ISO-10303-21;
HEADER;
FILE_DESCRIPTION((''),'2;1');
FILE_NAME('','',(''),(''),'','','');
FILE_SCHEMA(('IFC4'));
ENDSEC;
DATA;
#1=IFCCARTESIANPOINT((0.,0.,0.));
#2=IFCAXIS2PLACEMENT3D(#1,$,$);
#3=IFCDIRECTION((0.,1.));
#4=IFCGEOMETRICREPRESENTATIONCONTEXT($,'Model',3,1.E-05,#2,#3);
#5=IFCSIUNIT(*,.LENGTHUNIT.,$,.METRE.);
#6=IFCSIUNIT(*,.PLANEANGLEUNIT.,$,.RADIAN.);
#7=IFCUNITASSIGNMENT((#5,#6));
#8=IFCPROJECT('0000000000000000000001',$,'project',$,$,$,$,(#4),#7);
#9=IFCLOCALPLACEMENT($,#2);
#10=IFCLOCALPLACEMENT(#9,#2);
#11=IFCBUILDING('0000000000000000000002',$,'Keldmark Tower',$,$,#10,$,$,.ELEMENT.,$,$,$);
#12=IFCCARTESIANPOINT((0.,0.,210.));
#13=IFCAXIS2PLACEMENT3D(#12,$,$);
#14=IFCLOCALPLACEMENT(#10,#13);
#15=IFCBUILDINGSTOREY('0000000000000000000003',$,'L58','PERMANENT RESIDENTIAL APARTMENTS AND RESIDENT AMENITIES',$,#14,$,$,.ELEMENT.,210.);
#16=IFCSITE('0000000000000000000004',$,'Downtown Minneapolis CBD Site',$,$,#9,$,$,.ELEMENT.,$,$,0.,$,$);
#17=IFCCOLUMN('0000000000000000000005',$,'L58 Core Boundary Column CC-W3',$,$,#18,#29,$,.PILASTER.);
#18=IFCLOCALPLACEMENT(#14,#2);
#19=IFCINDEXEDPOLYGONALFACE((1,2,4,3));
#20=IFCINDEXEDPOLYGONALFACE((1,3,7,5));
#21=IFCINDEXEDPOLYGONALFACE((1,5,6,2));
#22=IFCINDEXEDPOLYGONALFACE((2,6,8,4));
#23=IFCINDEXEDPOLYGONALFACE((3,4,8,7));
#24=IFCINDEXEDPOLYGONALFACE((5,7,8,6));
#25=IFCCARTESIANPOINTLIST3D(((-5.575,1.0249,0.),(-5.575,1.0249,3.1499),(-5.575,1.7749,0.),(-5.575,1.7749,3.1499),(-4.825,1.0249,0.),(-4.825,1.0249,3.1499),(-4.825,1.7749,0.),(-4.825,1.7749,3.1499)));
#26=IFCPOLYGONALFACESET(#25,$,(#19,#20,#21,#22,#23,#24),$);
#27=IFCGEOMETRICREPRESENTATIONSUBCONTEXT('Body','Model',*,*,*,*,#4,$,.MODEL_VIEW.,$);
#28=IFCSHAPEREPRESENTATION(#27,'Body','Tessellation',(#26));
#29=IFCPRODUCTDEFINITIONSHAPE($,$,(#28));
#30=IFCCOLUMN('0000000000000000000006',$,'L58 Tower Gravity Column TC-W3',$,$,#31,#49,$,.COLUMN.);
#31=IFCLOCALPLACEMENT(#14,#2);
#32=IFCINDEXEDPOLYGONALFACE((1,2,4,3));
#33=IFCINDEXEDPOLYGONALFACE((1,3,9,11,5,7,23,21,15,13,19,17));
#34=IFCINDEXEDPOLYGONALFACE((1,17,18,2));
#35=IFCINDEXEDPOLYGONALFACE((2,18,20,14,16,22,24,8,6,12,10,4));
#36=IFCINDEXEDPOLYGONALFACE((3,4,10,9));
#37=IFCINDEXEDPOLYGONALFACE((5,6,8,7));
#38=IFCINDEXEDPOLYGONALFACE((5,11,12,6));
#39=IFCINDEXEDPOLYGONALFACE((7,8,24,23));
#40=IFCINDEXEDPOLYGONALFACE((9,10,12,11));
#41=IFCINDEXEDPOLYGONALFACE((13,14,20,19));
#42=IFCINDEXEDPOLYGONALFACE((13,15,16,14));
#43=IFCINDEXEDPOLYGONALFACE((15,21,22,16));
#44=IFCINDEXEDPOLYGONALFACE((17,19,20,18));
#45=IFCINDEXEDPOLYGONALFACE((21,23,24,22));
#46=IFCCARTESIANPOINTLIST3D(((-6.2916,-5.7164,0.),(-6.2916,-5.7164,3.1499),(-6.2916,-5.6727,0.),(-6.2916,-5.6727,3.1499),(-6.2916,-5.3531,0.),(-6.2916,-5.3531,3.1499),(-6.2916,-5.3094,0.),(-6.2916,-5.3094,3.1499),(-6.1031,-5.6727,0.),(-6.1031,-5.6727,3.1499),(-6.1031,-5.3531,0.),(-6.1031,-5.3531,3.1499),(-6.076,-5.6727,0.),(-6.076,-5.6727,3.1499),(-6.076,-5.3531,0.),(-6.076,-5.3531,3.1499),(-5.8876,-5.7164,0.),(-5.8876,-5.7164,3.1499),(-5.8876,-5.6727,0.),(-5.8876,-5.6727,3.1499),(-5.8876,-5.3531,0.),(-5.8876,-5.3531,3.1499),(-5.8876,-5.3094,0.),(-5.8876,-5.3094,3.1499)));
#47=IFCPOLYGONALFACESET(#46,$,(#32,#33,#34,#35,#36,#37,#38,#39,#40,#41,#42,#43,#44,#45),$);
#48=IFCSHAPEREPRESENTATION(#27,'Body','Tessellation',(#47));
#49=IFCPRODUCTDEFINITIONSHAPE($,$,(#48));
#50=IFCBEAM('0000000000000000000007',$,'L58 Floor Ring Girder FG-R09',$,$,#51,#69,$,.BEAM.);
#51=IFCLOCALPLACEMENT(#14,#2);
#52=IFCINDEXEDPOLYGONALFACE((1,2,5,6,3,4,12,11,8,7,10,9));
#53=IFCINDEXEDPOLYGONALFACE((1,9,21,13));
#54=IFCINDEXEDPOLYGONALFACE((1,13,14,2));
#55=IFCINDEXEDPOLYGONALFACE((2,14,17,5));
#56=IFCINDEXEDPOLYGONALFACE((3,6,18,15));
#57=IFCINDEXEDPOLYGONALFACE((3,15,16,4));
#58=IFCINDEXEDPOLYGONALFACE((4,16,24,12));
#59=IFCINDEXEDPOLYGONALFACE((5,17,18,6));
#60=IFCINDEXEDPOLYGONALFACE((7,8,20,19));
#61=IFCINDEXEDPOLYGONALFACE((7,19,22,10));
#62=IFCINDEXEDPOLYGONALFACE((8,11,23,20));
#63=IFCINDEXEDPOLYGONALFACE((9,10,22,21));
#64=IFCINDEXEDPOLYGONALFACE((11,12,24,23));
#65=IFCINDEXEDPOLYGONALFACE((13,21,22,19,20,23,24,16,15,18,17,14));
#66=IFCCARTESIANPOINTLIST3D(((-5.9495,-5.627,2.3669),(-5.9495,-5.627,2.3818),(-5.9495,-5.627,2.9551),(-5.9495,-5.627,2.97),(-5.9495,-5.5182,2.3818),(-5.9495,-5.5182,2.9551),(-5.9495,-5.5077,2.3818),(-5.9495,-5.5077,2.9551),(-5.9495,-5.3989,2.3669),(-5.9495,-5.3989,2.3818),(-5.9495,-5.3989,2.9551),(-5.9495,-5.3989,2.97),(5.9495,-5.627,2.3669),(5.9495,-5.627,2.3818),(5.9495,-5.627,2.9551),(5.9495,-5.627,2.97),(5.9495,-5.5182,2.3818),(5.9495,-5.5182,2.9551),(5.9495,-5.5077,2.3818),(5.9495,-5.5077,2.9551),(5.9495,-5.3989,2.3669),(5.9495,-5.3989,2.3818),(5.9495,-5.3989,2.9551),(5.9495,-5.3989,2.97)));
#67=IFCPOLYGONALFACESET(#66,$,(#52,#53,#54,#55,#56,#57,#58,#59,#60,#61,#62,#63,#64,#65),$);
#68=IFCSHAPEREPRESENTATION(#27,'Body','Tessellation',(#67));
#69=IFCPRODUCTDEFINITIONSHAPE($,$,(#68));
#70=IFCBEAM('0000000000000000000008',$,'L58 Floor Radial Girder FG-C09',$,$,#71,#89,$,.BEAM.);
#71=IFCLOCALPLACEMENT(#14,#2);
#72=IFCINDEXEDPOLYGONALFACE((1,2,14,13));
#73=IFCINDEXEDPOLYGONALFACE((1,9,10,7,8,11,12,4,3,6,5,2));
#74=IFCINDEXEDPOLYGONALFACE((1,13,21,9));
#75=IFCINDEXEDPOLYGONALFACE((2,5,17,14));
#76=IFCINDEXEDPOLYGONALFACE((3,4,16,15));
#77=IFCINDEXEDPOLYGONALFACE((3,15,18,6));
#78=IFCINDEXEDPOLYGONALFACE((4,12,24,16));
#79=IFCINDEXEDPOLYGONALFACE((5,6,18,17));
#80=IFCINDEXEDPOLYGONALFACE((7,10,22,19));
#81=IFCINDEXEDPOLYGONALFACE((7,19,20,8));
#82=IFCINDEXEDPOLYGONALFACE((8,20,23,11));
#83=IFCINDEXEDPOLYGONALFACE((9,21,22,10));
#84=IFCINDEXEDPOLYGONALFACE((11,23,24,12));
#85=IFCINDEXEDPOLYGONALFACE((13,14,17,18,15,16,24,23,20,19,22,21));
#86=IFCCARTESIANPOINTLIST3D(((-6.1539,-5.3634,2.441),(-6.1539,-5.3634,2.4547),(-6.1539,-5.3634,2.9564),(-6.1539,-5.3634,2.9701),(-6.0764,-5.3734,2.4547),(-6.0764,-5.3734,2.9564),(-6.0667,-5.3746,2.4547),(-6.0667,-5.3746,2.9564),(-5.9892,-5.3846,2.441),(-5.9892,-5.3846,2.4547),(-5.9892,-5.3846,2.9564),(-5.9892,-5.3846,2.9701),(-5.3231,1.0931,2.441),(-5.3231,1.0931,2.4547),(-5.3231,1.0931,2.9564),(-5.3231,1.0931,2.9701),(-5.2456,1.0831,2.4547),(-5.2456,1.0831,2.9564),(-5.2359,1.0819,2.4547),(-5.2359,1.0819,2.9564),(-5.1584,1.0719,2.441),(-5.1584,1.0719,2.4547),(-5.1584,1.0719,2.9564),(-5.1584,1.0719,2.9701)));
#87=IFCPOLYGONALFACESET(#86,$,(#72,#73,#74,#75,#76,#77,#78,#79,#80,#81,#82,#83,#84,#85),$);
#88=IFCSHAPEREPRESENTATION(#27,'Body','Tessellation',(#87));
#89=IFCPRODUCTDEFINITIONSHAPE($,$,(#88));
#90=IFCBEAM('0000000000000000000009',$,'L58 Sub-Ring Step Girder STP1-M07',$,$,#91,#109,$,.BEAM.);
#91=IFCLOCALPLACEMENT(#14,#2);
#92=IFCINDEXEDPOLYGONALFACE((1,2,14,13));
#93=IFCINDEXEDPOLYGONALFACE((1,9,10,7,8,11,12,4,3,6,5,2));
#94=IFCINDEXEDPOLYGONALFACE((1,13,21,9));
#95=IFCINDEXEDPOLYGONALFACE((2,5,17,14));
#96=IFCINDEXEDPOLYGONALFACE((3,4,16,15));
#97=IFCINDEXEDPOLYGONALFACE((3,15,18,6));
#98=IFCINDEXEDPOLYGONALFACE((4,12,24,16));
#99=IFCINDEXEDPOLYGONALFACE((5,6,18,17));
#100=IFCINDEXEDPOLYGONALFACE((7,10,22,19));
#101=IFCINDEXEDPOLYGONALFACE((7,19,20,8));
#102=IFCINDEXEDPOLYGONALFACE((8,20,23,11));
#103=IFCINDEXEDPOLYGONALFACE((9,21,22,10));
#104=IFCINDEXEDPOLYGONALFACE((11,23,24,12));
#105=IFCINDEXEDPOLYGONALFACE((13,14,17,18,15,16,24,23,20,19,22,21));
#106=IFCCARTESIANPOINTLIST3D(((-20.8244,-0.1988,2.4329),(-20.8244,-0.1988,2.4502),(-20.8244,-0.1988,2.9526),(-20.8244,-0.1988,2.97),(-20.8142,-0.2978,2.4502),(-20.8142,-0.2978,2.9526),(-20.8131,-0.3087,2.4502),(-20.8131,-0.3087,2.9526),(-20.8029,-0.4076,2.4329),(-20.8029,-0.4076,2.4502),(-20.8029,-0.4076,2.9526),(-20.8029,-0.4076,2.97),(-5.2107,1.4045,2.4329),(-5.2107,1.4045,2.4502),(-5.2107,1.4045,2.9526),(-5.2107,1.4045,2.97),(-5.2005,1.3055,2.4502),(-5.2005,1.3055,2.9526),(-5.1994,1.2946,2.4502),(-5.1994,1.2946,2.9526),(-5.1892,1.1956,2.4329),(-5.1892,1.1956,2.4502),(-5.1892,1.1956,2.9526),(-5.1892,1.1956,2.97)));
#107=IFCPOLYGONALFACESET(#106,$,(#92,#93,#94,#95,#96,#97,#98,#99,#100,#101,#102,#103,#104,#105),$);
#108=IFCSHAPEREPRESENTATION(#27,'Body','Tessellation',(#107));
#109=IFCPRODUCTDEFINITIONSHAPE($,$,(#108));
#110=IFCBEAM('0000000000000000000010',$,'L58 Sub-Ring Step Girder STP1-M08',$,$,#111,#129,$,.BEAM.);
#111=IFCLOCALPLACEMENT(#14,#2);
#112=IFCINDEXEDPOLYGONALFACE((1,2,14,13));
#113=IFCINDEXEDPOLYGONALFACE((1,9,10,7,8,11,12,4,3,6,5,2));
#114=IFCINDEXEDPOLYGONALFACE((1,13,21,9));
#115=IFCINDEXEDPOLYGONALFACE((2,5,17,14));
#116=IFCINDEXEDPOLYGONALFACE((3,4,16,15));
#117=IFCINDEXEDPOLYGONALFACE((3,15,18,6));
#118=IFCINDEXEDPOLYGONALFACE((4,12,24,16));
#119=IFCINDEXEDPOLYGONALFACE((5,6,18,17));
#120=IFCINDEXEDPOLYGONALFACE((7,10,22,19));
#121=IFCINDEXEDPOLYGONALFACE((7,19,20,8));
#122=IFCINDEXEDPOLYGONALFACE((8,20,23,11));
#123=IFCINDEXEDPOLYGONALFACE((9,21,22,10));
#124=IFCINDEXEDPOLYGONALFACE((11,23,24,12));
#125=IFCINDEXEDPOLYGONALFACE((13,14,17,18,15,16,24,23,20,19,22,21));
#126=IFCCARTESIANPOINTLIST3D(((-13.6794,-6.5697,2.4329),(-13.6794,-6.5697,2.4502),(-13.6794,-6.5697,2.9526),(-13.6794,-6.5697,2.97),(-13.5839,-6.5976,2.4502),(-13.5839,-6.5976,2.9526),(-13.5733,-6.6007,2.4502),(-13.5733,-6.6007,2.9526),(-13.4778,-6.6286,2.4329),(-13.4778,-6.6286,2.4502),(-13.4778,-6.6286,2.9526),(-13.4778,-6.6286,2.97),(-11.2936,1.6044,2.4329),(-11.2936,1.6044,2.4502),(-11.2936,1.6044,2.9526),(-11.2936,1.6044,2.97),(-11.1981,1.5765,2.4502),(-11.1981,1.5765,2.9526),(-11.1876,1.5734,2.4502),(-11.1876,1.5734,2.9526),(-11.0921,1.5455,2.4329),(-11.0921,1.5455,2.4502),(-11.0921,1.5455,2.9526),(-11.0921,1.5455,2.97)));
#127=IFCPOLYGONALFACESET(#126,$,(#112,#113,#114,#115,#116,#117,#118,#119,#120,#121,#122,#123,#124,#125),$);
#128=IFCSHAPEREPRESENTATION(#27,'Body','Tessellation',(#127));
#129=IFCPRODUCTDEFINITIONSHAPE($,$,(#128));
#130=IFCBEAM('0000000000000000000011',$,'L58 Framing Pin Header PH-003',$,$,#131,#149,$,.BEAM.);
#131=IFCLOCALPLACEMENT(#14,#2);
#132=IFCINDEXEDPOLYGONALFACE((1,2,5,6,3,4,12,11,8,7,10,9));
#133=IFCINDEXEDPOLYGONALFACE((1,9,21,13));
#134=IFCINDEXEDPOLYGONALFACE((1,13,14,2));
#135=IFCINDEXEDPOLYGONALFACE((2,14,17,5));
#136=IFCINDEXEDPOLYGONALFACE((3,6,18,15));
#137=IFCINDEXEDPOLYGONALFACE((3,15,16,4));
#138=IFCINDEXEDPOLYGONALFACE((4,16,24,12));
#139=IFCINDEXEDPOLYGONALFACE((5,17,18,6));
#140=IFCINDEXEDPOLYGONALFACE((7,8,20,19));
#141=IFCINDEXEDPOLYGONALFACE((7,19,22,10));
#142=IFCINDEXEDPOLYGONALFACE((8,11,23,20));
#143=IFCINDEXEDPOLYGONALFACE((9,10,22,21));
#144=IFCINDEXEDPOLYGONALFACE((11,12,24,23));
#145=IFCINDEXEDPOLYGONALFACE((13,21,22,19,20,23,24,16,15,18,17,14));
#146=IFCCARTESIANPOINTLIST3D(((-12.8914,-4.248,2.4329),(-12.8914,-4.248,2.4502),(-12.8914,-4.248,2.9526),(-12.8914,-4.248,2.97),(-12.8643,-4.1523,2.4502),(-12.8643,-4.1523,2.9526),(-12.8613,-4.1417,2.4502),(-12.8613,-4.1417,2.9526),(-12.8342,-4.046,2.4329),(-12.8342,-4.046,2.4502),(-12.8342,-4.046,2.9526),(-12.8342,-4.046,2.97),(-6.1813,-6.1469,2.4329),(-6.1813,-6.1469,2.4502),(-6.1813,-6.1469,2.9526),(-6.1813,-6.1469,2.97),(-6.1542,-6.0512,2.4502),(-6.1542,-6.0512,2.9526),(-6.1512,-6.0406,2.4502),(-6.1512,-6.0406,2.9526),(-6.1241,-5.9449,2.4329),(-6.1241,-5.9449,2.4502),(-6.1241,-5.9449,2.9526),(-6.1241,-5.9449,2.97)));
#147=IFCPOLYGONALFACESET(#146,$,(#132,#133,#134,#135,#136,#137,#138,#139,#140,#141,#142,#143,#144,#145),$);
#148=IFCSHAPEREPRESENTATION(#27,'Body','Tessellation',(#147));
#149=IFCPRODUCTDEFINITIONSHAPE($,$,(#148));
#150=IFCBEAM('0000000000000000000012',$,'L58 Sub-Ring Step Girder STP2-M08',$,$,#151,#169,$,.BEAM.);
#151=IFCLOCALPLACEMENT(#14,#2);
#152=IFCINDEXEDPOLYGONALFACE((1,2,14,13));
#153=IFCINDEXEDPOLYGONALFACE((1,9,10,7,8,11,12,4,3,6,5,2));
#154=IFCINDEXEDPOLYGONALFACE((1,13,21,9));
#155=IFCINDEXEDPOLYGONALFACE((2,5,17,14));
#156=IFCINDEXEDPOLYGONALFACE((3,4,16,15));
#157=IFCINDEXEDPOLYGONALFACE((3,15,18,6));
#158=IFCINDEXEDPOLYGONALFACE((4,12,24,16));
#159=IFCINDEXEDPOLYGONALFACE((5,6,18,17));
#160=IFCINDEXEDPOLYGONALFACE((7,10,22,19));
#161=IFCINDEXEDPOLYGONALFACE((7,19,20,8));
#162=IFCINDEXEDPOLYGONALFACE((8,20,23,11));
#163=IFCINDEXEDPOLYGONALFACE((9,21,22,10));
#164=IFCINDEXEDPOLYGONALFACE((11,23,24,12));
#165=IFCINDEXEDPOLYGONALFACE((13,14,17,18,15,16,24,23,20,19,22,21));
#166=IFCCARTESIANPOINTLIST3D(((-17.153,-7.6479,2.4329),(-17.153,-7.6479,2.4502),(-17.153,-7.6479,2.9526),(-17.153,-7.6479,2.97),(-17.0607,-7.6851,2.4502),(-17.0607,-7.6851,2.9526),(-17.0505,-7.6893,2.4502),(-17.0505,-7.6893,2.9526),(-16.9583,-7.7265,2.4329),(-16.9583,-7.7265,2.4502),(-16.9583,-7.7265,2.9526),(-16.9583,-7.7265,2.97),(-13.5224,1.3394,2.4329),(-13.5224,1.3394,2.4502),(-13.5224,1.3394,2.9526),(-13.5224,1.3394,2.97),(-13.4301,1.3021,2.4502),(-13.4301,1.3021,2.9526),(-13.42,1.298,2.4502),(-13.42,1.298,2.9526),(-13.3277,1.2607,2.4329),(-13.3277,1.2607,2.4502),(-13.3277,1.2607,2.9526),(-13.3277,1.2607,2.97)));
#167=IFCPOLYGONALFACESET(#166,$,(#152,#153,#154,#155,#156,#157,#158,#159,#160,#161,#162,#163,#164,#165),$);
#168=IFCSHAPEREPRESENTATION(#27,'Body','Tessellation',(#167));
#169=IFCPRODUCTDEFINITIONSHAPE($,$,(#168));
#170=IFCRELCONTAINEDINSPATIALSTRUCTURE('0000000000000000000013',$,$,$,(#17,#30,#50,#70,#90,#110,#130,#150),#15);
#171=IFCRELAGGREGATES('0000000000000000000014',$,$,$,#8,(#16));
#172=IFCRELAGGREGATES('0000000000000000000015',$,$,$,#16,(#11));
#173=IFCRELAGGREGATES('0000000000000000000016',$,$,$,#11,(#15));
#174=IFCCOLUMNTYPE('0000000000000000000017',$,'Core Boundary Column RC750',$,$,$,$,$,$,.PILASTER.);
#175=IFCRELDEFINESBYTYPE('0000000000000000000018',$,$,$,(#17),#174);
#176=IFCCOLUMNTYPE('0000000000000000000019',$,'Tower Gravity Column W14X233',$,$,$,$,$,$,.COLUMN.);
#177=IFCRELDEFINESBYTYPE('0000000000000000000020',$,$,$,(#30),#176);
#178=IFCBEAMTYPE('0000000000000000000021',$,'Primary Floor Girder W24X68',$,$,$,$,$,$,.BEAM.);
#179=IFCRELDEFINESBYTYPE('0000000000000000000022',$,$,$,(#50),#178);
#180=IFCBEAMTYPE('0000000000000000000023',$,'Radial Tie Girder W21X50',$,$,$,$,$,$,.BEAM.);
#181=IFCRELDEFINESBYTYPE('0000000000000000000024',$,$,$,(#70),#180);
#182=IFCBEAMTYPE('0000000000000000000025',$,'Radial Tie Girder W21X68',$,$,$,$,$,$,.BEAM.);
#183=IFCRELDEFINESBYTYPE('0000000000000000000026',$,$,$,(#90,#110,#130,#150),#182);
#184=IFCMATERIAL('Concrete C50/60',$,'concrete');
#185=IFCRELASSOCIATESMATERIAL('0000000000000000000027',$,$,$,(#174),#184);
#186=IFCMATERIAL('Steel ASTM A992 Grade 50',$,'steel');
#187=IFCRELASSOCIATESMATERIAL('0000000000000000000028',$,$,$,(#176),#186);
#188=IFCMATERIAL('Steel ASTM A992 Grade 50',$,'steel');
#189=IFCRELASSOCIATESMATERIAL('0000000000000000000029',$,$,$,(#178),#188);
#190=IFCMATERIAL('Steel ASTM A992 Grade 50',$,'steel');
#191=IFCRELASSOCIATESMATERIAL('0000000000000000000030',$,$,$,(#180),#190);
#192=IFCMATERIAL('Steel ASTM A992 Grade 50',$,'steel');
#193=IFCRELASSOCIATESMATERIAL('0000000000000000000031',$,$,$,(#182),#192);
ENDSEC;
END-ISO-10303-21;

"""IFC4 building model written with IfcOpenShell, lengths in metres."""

from ifc_helpers import new_model, si_unit, direction, frame, origin, origin_2d, place, context, subcontext, project, spatial, rectangle, i_section, extrude, material, material_profile, profile_set, type_object, element, save


model = new_model("IFC4")

# Units and contexts
model_context = context("Model", 3, precision=1e-05, world=origin(), true_north=direction((0.0, 1.0)))
body_context = subcontext(model_context, "Body", "Model", "MODEL_VIEW")
ifc_project = project(units=[si_unit("LENGTHUNIT", "METRE"), si_unit("PLANEANGLEUNIT", "RADIAN")], contexts=[model_context])

# Site, building, storey
site_placement = place(None, origin())
site = spatial("IfcSite", under=ifc_project, at=site_placement, Name="Downtown Minneapolis CBD Site", CompositionType="ELEMENT", RefElevation=0.0)
building_placement = place(site_placement, origin())
building = spatial("IfcBuilding", under=site, at=building_placement, Name="Keldmark Tower", CompositionType="ELEMENT")
storey_placement = place(building_placement, frame((0.0, 0.0, 210.0)))
storey = spatial("IfcBuildingStorey", under=building, at=storey_placement, Name="L58", Description="PERMANENT RESIDENTIAL APARTMENTS AND RESIDENT AMENITIES", CompositionType="ELEMENT", Elevation=210.0)

# Columns
ifc_material_1 = material(Name="Concrete C50/60", Category="concrete")
ifc_material_profile_1 = material_profile(ifc_material_1, rectangle(XDim=0.75, YDim=0.75, at=origin_2d()), Name="RC750X750")
ifc_profile_set_1 = profile_set([ifc_material_profile_1], Name="Concrete C50/60")
column_type_1 = type_object("IfcColumnType", Name="Core Boundary Column RC750", PredefinedType="PILASTER", material=ifc_profile_set_1)
column_1_placement = place(storey_placement, frame((-5.2, 1.3999, 0.0), z_axis=(0.0, 0.0, 1.0), x_axis=(1.0, 0.0, 0.0)))
element("IfcColumn", 1, at=column_1_placement, inside=storey, type_object=column_type_1, Name="L58 Core Boundary Column CC-W3", PredefinedType="PILASTER", context=body_context, shape_type="SweptSolid", body=[
    extrude(rectangle(XDim=0.75, YDim=0.75, at=origin_2d()), origin(), (0.0, 0.0, 1.0), 3.1499),
])
ifc_material_2 = material(Name="Steel ASTM A992 Grade 50", Category="steel")
ifc_material_profile_2 = material_profile(ifc_material_2, i_section(OverallWidth=0.4041, OverallDepth=0.407, WebThickness=0.0271, FlangeThickness=0.0437, at=origin_2d()), Name="W14X233")
ifc_profile_set_2 = profile_set([ifc_material_profile_2], Name="Steel ASTM A992 Grade 50")
column_type_2 = type_object("IfcColumnType", Name="Tower Gravity Column W14X233", PredefinedType="COLUMN", material=ifc_profile_set_2)
column_2_placement = place(storey_placement, frame((-6.0896, -5.5129, 0.0), z_axis=(0.0, 0.0, 1.0), x_axis=(1.0, 0.0, 0.0)))
element("IfcColumn", 2, at=column_2_placement, inside=storey, type_object=column_type_2, Name="L58 Tower Gravity Column TC-W3", PredefinedType="COLUMN", context=body_context, shape_type="SweptSolid", body=[
    extrude(i_section(OverallWidth=0.4041, OverallDepth=0.407, WebThickness=0.0271, FlangeThickness=0.0437, at=origin_2d()), origin(), (0.0, 0.0, 1.0), 3.1499),
])

# Beams
ifc_material_3 = material(Name="Steel ASTM A992 Grade 50", Category="steel")
ifc_material_profile_3 = material_profile(ifc_material_3, i_section(OverallWidth=0.228, OverallDepth=0.603, WebThickness=0.0105, FlangeThickness=0.0149, at=origin_2d()), Name="W24X68")
ifc_profile_set_3 = profile_set([ifc_material_profile_3], Name="Steel ASTM A992 Grade 50")
beam_type_1 = type_object("IfcBeamType", Name="Primary Floor Girder W24X68", PredefinedType="BEAM", material=ifc_profile_set_3)
beam_1_placement = place(storey_placement, frame((-5.9495, -5.5129, 2.6685), z_axis=(1.0, 0.0, 0.0), x_axis=(0.0, 1.0, 0.0)))
element("IfcBeam", 3, at=beam_1_placement, inside=storey, type_object=beam_type_1, Name="L58 Floor Ring Girder FG-R09", PredefinedType="BEAM", context=body_context, shape_type="SweptSolid", body=[
    extrude(i_section(OverallWidth=0.228, OverallDepth=0.603, WebThickness=0.0105, FlangeThickness=0.0149, at=origin_2d()), origin(), (0.0, 0.0, 1.0), 11.8989),
])
ifc_material_4 = material(Name="Steel ASTM A992 Grade 50", Category="steel")
ifc_material_profile_4 = material_profile(ifc_material_4, i_section(OverallWidth=0.166, OverallDepth=0.5291, WebThickness=0.0098, FlangeThickness=0.0137, at=origin_2d()), Name="W21X50")
ifc_profile_set_4 = profile_set([ifc_material_profile_4], Name="Steel ASTM A992 Grade 50")
beam_type_2 = type_object("IfcBeamType", Name="Radial Tie Girder W21X50", PredefinedType="BEAM", material=ifc_profile_set_4)
beam_2_placement = place(storey_placement, frame((-6.0715, -5.374, 2.7056), z_axis=(0.127625, 0.991822, 0.0), x_axis=(-0.991822, 0.127625, 0.0)))
element("IfcBeam", 4, at=beam_2_placement, inside=storey, type_object=beam_type_2, Name="L58 Floor Radial Girder FG-C09", PredefinedType="BEAM", context=body_context, shape_type="SweptSolid", body=[
    extrude(i_section(OverallWidth=0.166, OverallDepth=0.5291, WebThickness=0.0098, FlangeThickness=0.0137, at=origin_2d()), origin(), (0.0, 0.0, 1.0), 6.5098),
])
ifc_material_5 = material(Name="Steel ASTM A992 Grade 50", Category="steel")
ifc_material_profile_5 = material_profile(ifc_material_5, i_section(OverallWidth=0.21, OverallDepth=0.5371, WebThickness=0.011, FlangeThickness=0.0173, at=origin_2d()), Name="W21X68")
ifc_profile_set_5 = profile_set([ifc_material_profile_5], Name="Steel ASTM A992 Grade 50")
beam_type_3 = type_object("IfcBeamType", Name="Radial Tie Girder W21X68", PredefinedType="BEAM", material=ifc_profile_set_5)
beam_3_placement = place(storey_placement, frame((-5.2, 1.3, 2.7014), z_axis=(-0.994769, -0.102146, 0.0), x_axis=(0.102146, -0.994769, 0.0)))
element("IfcBeam", 5, at=beam_3_placement, inside=storey, type_object=beam_type_3, Name="L58 Sub-Ring Step Girder STP1-M07", PredefinedType="BEAM", context=body_context, shape_type="SweptSolid", body=[
    extrude(i_section(OverallWidth=0.21, OverallDepth=0.5371, WebThickness=0.011, FlangeThickness=0.0173, at=origin_2d()), origin(), (0.0, 0.0, 1.0), 15.6958),
])
beam_4_placement = place(storey_placement, frame((-11.1929, 1.575, 2.7014), z_axis=(-0.280177, -0.959948, 0.0), x_axis=(0.959948, -0.280177, 0.0)))
element("IfcBeam", 6, at=beam_4_placement, inside=storey, type_object=beam_type_3, Name="L58 Sub-Ring Step Girder STP1-M08", PredefinedType="BEAM", context=body_context, shape_type="SweptSolid", body=[
    extrude(i_section(OverallWidth=0.21, OverallDepth=0.5371, WebThickness=0.011, FlangeThickness=0.0173, at=origin_2d()), origin(), (0.0, 0.0, 1.0), 8.5151),
])
beam_5_placement = place(storey_placement, frame((-12.8628, -4.147, 2.7014), z_axis=(0.962213, -0.272297, 0.0), x_axis=(0.272297, 0.962213, 0.0)))
element("IfcBeam", 7, at=beam_5_placement, inside=storey, type_object=beam_type_3, Name="L58 Framing Pin Header PH-003", PredefinedType="BEAM", context=body_context, shape_type="SweptSolid", body=[
    extrude(i_section(OverallWidth=0.21, OverallDepth=0.5371, WebThickness=0.011, FlangeThickness=0.0173, at=origin_2d()), origin(), (0.0, 0.0, 1.0), 6.9736),
])
beam_6_placement = place(storey_placement, frame((-13.425, 1.3, 2.7014), z_axis=(-0.374563, -0.927201, 0.0), x_axis=(0.927201, -0.374563, 0.0)))
element("IfcBeam", 8, at=beam_6_placement, inside=storey, type_object=beam_type_3, Name="L58 Sub-Ring Step Girder STP2-M08", PredefinedType="BEAM", context=body_context, shape_type="SweptSolid", body=[
    extrude(i_section(OverallWidth=0.21, OverallDepth=0.5371, WebThickness=0.011, FlangeThickness=0.0173, at=origin_2d()), origin(), (0.0, 0.0, 1.0), 9.6929),
])

save(model, "model.ifc")
